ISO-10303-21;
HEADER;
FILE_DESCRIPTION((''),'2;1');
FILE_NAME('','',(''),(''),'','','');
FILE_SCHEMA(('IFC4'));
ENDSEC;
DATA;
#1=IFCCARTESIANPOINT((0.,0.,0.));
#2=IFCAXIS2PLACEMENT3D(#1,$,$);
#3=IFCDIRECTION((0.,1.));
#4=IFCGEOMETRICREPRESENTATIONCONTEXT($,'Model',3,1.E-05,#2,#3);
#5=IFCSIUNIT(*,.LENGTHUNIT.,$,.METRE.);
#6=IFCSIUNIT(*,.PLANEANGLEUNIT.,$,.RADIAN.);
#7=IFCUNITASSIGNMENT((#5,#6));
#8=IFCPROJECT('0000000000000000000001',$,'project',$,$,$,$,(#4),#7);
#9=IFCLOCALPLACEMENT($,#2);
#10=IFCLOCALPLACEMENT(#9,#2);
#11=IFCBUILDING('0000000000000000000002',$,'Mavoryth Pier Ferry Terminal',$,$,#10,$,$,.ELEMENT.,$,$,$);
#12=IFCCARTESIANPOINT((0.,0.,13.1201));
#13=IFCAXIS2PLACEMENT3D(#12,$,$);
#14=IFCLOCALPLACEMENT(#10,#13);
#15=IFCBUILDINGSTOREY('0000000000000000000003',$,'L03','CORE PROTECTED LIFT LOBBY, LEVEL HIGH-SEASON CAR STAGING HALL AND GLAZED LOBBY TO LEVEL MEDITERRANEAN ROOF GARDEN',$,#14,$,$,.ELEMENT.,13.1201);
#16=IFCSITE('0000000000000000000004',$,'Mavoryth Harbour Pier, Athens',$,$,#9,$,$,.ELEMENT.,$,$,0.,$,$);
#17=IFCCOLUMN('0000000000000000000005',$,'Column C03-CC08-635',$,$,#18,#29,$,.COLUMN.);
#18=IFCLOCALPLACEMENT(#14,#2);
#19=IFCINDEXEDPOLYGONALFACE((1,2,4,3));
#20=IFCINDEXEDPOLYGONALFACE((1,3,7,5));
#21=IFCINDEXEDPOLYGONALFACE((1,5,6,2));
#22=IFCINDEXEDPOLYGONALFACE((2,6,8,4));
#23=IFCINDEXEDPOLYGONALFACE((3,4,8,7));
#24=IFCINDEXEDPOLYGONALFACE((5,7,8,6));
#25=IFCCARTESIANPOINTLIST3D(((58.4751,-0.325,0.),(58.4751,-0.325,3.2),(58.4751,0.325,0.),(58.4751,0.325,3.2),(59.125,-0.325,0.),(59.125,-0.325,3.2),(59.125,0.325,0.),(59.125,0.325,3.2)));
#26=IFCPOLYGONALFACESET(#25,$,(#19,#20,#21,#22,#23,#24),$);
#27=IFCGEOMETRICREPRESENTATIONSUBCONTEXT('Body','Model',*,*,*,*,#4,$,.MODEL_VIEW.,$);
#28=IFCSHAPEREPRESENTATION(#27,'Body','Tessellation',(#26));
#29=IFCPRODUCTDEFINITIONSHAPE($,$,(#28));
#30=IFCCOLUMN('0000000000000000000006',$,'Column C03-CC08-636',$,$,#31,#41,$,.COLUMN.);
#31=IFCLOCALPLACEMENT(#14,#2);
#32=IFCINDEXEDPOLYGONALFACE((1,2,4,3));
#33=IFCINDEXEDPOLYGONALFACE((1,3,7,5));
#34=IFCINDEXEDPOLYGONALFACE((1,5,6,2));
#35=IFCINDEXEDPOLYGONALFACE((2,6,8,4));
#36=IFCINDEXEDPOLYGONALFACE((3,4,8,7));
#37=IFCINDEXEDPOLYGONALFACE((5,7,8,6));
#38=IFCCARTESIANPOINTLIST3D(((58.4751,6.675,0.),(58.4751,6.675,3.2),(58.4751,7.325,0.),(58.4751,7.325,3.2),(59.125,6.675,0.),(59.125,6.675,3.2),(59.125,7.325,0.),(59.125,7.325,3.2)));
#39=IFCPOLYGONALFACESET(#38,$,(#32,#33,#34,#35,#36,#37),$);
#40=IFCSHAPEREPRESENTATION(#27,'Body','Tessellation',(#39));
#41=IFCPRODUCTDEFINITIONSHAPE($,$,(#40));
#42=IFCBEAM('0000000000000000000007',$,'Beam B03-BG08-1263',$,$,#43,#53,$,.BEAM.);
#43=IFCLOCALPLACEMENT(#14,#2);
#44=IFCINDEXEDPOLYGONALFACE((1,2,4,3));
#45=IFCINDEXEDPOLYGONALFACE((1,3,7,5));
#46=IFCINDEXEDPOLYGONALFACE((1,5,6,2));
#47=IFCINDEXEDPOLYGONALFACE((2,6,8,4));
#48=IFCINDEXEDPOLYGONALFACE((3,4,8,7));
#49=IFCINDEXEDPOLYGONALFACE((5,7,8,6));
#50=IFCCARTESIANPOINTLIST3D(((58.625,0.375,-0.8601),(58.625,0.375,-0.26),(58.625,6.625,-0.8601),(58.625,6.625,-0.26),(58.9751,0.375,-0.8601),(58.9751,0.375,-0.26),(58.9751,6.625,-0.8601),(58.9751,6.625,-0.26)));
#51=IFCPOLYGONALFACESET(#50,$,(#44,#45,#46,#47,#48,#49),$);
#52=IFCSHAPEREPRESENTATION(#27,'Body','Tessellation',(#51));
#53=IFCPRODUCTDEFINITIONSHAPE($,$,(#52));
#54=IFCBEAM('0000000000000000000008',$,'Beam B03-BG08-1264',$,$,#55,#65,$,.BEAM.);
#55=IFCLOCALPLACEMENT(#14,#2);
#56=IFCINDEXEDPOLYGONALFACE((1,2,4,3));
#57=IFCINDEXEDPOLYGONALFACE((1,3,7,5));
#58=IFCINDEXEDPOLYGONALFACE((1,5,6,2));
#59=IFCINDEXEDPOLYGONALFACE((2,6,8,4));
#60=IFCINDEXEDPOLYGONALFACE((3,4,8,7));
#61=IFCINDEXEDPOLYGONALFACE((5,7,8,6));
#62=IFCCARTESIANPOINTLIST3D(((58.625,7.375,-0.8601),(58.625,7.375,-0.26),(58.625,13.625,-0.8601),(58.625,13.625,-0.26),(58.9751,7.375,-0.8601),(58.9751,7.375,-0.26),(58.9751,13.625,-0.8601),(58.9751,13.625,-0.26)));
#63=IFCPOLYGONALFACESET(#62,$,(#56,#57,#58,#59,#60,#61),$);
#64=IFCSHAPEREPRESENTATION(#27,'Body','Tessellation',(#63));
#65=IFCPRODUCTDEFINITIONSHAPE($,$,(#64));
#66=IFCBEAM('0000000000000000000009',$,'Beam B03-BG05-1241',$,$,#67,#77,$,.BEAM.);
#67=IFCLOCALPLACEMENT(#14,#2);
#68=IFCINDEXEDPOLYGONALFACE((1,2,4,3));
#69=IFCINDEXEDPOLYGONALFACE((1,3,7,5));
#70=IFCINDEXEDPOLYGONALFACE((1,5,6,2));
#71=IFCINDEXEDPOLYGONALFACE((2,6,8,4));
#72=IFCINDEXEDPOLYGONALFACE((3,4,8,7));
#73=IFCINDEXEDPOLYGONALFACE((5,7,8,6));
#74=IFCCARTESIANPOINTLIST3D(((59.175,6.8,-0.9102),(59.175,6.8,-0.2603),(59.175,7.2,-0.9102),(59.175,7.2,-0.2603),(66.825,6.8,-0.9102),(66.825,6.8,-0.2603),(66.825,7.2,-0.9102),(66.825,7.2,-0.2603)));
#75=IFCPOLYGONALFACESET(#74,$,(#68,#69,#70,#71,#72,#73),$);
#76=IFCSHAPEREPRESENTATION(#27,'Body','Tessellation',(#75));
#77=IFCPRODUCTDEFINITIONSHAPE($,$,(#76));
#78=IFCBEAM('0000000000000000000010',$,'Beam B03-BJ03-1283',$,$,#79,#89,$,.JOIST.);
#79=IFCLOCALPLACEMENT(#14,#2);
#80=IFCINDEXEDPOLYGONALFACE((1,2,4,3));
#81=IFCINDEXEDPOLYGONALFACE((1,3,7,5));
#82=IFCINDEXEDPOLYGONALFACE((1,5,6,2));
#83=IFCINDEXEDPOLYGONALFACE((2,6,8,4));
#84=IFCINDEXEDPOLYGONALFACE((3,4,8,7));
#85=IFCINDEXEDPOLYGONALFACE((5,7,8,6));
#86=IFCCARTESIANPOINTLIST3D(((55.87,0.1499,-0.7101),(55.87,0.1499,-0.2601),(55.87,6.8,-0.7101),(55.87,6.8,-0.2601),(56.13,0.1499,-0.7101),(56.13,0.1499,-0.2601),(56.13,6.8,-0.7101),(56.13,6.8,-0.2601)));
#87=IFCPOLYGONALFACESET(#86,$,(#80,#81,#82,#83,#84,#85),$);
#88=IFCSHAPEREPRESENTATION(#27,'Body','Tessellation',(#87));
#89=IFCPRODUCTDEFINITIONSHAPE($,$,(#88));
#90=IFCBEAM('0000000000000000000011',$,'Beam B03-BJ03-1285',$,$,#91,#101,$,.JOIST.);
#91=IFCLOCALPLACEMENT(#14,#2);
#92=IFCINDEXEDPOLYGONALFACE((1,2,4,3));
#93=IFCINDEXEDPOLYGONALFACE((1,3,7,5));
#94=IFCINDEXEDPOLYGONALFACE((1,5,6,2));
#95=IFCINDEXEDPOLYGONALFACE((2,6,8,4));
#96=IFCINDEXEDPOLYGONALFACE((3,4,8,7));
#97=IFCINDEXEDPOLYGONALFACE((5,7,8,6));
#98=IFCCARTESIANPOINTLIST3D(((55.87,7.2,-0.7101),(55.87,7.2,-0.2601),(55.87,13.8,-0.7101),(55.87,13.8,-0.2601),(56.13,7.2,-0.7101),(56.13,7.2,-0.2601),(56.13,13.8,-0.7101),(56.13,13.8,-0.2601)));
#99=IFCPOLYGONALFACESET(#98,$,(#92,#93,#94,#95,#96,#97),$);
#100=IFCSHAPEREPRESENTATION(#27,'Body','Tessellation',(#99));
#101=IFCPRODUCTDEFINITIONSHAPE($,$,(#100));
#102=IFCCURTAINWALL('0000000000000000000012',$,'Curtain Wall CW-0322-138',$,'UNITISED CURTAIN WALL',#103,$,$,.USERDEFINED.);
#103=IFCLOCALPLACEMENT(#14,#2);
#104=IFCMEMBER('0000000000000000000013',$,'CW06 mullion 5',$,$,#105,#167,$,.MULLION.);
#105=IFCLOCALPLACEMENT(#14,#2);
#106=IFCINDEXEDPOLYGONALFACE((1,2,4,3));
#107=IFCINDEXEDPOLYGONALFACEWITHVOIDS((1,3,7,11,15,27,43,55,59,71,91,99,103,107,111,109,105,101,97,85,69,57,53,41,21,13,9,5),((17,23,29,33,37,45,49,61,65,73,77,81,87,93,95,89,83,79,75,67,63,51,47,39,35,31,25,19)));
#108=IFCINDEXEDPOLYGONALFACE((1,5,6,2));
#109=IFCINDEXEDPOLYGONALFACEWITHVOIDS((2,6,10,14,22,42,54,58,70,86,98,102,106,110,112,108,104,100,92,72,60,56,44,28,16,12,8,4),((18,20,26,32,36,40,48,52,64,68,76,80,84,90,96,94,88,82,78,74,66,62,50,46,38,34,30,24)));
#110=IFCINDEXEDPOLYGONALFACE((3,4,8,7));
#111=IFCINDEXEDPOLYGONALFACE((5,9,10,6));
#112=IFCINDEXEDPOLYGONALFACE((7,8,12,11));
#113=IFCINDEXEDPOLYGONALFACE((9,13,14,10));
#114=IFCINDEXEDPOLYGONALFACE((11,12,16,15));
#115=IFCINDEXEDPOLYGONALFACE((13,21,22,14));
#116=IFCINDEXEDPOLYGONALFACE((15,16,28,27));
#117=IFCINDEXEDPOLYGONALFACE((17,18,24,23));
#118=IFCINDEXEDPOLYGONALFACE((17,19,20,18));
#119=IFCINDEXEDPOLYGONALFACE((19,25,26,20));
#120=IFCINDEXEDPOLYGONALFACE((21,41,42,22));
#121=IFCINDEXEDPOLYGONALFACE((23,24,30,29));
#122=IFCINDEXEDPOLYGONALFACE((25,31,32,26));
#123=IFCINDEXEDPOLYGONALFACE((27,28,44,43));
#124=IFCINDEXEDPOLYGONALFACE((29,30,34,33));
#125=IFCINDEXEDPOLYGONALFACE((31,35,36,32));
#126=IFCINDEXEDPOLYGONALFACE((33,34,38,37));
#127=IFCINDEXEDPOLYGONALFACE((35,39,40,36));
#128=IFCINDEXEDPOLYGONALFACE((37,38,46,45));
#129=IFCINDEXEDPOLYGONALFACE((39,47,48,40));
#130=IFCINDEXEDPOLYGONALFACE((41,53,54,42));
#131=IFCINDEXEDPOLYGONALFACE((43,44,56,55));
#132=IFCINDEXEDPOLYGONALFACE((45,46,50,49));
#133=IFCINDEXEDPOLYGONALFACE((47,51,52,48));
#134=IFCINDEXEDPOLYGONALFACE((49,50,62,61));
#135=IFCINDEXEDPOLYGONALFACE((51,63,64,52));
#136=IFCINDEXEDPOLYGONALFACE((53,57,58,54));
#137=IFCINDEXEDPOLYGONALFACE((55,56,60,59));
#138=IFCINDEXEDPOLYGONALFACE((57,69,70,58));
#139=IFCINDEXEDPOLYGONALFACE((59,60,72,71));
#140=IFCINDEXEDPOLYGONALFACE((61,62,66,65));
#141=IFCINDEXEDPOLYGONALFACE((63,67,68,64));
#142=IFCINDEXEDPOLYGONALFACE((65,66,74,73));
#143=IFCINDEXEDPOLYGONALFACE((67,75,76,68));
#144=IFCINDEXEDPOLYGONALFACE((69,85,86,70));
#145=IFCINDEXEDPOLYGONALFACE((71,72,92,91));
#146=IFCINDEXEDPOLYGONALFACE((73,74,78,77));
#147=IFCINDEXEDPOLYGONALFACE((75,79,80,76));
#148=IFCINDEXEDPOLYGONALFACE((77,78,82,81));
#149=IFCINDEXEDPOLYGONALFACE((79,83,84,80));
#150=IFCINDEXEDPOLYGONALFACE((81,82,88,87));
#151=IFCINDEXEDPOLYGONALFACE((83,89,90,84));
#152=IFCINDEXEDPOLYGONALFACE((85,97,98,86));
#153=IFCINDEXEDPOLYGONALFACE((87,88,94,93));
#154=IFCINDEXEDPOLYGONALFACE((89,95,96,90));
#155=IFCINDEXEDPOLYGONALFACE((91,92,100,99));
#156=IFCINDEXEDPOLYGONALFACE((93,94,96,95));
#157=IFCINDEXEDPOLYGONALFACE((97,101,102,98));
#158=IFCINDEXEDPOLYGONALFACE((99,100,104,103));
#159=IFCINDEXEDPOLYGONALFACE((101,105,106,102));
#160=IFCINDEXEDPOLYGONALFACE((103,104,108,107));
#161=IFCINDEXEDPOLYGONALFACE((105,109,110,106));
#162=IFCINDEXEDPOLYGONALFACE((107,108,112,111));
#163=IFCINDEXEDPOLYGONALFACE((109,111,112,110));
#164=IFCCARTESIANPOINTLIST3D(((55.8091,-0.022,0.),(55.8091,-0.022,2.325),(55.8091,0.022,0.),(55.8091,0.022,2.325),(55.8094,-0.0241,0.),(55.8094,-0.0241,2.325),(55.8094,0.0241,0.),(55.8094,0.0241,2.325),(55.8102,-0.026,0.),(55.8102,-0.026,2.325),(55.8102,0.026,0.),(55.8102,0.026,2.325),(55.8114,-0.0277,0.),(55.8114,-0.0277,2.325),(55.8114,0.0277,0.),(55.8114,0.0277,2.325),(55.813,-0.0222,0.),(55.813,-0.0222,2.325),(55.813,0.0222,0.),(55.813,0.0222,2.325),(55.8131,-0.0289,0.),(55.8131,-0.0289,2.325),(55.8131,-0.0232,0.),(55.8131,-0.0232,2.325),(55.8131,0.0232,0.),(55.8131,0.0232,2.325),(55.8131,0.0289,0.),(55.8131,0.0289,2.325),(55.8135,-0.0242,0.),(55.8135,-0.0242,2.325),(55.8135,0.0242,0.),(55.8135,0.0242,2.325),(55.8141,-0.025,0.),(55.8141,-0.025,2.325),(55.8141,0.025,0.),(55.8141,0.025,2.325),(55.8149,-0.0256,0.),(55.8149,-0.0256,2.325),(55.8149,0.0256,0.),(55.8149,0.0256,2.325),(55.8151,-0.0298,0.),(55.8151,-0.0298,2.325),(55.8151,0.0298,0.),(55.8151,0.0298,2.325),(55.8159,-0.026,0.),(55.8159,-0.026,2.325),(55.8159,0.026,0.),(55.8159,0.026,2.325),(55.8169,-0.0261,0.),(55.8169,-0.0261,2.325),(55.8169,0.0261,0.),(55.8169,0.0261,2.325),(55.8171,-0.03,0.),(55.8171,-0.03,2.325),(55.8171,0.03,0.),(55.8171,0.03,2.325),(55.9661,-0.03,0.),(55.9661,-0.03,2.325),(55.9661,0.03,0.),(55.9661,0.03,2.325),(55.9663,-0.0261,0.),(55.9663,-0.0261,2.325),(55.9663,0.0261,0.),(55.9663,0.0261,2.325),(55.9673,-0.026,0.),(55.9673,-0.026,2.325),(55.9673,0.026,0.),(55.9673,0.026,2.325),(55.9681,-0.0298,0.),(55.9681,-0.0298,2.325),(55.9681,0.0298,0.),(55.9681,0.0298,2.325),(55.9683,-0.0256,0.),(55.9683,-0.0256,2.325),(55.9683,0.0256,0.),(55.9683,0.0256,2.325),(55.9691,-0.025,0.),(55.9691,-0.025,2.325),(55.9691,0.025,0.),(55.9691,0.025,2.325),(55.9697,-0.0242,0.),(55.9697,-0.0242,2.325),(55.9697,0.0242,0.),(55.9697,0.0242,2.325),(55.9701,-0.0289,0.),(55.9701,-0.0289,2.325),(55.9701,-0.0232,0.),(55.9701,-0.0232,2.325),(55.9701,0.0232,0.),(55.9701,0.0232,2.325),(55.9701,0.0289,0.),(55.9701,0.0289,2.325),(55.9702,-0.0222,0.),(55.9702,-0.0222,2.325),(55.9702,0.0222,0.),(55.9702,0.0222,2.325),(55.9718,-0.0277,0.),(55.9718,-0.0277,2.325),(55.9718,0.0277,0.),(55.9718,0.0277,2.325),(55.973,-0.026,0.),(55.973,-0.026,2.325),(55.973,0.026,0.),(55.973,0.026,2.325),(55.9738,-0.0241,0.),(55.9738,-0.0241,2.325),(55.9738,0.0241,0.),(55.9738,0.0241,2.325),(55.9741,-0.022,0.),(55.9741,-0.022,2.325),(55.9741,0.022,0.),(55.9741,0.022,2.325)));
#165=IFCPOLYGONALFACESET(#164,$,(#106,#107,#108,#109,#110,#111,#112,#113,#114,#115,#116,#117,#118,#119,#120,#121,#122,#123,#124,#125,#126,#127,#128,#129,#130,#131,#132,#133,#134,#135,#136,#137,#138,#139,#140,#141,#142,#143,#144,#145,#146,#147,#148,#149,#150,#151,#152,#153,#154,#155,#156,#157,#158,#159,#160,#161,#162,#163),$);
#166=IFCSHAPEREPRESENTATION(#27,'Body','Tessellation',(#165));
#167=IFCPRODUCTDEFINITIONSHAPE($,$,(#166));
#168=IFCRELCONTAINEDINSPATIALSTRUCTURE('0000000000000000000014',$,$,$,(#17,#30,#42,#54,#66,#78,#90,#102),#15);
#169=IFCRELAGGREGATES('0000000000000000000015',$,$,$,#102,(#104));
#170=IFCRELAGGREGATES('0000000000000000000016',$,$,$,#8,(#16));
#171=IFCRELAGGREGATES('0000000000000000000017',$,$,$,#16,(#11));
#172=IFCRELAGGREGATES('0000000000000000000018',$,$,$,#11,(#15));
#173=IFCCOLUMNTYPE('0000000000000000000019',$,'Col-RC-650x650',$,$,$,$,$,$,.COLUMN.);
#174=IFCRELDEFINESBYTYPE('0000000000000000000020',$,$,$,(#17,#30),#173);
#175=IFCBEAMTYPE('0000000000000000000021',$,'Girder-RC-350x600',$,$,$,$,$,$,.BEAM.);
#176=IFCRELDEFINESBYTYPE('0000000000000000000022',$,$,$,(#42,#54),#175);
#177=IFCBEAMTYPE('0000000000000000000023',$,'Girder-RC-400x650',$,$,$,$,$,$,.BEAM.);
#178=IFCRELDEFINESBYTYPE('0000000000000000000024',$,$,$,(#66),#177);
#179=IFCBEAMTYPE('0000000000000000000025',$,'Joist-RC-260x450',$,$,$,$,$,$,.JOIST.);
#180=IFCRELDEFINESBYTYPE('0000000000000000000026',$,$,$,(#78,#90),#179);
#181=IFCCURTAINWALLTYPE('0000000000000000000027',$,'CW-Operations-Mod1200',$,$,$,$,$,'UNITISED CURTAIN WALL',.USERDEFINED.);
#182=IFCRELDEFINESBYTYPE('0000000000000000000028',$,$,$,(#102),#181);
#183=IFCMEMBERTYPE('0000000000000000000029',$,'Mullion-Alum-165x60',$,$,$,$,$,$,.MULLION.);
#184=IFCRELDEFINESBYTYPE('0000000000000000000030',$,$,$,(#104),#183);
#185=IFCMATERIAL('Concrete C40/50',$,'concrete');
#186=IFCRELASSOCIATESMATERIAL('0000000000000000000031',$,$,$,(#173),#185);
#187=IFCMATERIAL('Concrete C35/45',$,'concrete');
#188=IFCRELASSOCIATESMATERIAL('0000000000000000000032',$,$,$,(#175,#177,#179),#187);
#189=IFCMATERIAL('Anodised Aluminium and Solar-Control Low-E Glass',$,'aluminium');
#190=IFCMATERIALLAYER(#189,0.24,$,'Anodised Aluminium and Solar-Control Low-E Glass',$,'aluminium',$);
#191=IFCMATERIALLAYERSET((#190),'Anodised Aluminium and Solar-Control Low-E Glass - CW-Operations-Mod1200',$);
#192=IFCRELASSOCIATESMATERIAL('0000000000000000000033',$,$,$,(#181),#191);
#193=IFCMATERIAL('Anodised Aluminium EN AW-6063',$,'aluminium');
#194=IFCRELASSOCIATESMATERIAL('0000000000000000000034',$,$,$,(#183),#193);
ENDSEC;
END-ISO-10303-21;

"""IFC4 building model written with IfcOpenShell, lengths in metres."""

from ifc_helpers import new_model, si_unit, direction, frame, origin, origin_2d, place, context, subcontext, project, spatial, rectangle, hollow_rectangle, extrude, material, layer, layer_set, material_profile, profile_set, type_object, element, aggregate, save


model = new_model("IFC4")

# Units and contexts
model_context = context("Model", 3, precision=1e-05, world=origin(), true_north=direction((0.0, 1.0)))
body_context = subcontext(model_context, "Body", "Model", "MODEL_VIEW")
ifc_project = project(units=[si_unit("LENGTHUNIT", "METRE"), si_unit("PLANEANGLEUNIT", "RADIAN")], contexts=[model_context])

# Site, building, storey
site_placement = place(None, origin())
site = spatial("IfcSite", under=ifc_project, at=site_placement, Name="Mavoryth Harbour Pier, Athens", CompositionType="ELEMENT", RefElevation=0.0)
building_placement = place(site_placement, origin())
building = spatial("IfcBuilding", under=site, at=building_placement, Name="Mavoryth Pier Ferry Terminal", CompositionType="ELEMENT")
storey_placement = place(building_placement, frame((0.0, 0.0, 13.1201)))
storey = spatial("IfcBuildingStorey", under=building, at=storey_placement, Name="L03", Description="CORE PROTECTED LIFT LOBBY, LEVEL HIGH-SEASON CAR STAGING HALL AND GLAZED LOBBY TO LEVEL MEDITERRANEAN ROOF GARDEN", CompositionType="ELEMENT", Elevation=13.1201)

# Columns
ifc_material_1 = material(Name="Concrete C40/50", Category="concrete")
ifc_material_profile_1 = material_profile(ifc_material_1, rectangle(XDim=0.6499, YDim=0.6499, at=origin_2d()), Name="RC 650x650", Category="concrete")
ifc_profile_set_1 = profile_set([ifc_material_profile_1], Name="Concrete C40/50 - RC 650x650")
column_type = type_object("IfcColumnType", Name="Col-RC-650x650", PredefinedType="COLUMN", material=ifc_profile_set_1)
for number, where, z_axis, x_axis, name in (
    (1, (58.8, 0.0, 0.0), (0.0, 0.0, 1.0), (1.0, 0.0, 0.0), "Column C03-CC08-635"),
    (2, (58.8, 7.0, 0.0), (0.0, 0.0, 1.0), (1.0, 0.0, 0.0), "Column C03-CC08-636"),
):
    element("IfcColumn", number, at=place(storey_placement, frame(where, z_axis=z_axis, x_axis=x_axis)), inside=storey, type_object=column_type, Name=name, PredefinedType="COLUMN", context=body_context, shape_type="SweptSolid", body=[
        extrude(rectangle(XDim=0.6499, YDim=0.6499, at=origin_2d()), origin(), (0.0, 0.0, 1.0), 3.2),
    ])

# Beams
ifc_material_2 = material(Name="Concrete C35/45", Category="concrete")
ifc_material_profile_2 = material_profile(ifc_material_2, rectangle(XDim=0.3501, YDim=0.6001, at=origin_2d()), Name="RC 350x600", Category="concrete")
ifc_profile_set_2 = profile_set([ifc_material_profile_2], Name="Concrete C35/45 - RC 350x600")
beam_type_1 = type_object("IfcBeamType", Name="Girder-RC-350x600", PredefinedType="BEAM", material=ifc_profile_set_2)
for number, where, z_axis, x_axis, name in (
    (3, (58.8, 0.375, -0.5601), (0.0, 1.0, 0.0), (-1.0, 0.0, 0.0), "Beam B03-BG08-1263"),
    (4, (58.8, 7.375, -0.5601), (0.0, 1.0, 0.0), (-1.0, 0.0, 0.0), "Beam B03-BG08-1264"),
):
    element("IfcBeam", number, at=place(storey_placement, frame(where, z_axis=z_axis, x_axis=x_axis)), inside=storey, type_object=beam_type_1, Name=name, PredefinedType="BEAM", context=body_context, shape_type="SweptSolid", body=[
        extrude(rectangle(XDim=0.3501, YDim=0.6001, at=origin_2d()), origin(), (0.0, 0.0, 1.0), 6.25),
    ])
ifc_material_profile_3 = material_profile(ifc_material_2, rectangle(XDim=0.3999, YDim=0.6499, at=origin_2d()), Name="RC 400x650", Category="concrete")
ifc_profile_set_3 = profile_set([ifc_material_profile_3], Name="Concrete C35/45 - RC 400x650")
beam_type_2 = type_object("IfcBeamType", Name="Girder-RC-400x650", PredefinedType="BEAM", material=ifc_profile_set_3)
beam_1_placement = place(storey_placement, frame((59.175, 7.0, -0.5852), z_axis=(1.0, 0.0, 0.0), x_axis=(0.0, 1.0, 0.0)))
element("IfcBeam", 5, at=beam_1_placement, inside=storey, type_object=beam_type_2, Name="Beam B03-BG05-1241", PredefinedType="BEAM", context=body_context, shape_type="SweptSolid", body=[
    extrude(rectangle(XDim=0.3999, YDim=0.6499, at=origin_2d()), origin(), (0.0, 0.0, 1.0), 7.6499),
])
ifc_material_profile_4 = material_profile(ifc_material_2, rectangle(XDim=0.26, YDim=0.45, at=origin_2d()), Name="RC 260x450", Category="concrete")
ifc_profile_set_4 = profile_set([ifc_material_profile_4], Name="Concrete C35/45 - RC 260x450")
beam_type_3 = type_object("IfcBeamType", Name="Joist-RC-260x450", PredefinedType="JOIST", material=ifc_profile_set_4)
beam_2_placement = place(storey_placement, frame((56.0, 0.1499, -0.4851), z_axis=(0.0, 1.0, 0.0), x_axis=(-1.0, 0.0, 0.0)))
element("IfcBeam", 6, at=beam_2_placement, inside=storey, type_object=beam_type_3, Name="Beam B03-BJ03-1283", PredefinedType="JOIST", context=body_context, shape_type="SweptSolid", body=[
    extrude(rectangle(XDim=0.26, YDim=0.45, at=origin_2d()), origin(), (0.0, 0.0, 1.0), 6.6501),
])
beam_3_placement = place(storey_placement, frame((56.0, 7.2, -0.4851), z_axis=(0.0, 1.0, 0.0), x_axis=(-1.0, 0.0, 0.0)))
element("IfcBeam", 7, at=beam_3_placement, inside=storey, type_object=beam_type_3, Name="Beam B03-BJ03-1285", PredefinedType="JOIST", context=body_context, shape_type="SweptSolid", body=[
    extrude(rectangle(XDim=0.26, YDim=0.45, at=origin_2d()), origin(), (0.0, 0.0, 1.0), 6.6001),
])

# Curtain wall, member
ifc_material_3 = material(Name="Anodised Aluminium and Solar-Control Low-E Glass", Category="aluminium")
ifc_layer_1 = layer(ifc_material_3, 0.24, Name="Anodised Aluminium and Solar-Control Low-E Glass", Category="aluminium")
ifc_layer_set_1 = layer_set([ifc_layer_1], Name="Anodised Aluminium and Solar-Control Low-E Glass - CW-Operations-Mod1200")
curtain_wall_type = type_object("IfcCurtainWallType", Name="CW-Operations-Mod1200", ElementType="UNITISED CURTAIN WALL", PredefinedType="USERDEFINED", material=ifc_layer_set_1)
curtain_wall_1_placement = place(storey_placement, origin())
curtain_wall_1 = element("IfcCurtainWall", 8, at=curtain_wall_1_placement, inside=storey, type_object=curtain_wall_type, Name="Curtain Wall CW-0322-138", ObjectType="UNITISED CURTAIN WALL", PredefinedType="USERDEFINED")
ifc_material_4 = material(Name="Anodised Aluminium EN AW-6063", Category="aluminium")
ifc_material_profile_5 = material_profile(ifc_material_4, hollow_rectangle(XDim=0.0601, YDim=0.165, WallThickness=0.0039, InnerFilletRadius=0.0039, OuterFilletRadius=0.0081, at=origin_2d()), Name="AL-MULL 165x60x4", Category="aluminium")
ifc_profile_set_5 = profile_set([ifc_material_profile_5], Name="Anodised Aluminium EN AW-6063 - AL-MULL 165x60x4")
member_type_1 = type_object("IfcMemberType", Name="Mullion-Alum-165x60", PredefinedType="MULLION", material=ifc_profile_set_5)
member_1_placement = place(storey_placement, frame((55.8916, 0.0, 0.0), z_axis=(0.0, 0.0, 1.0), x_axis=(0.0, 1.0, 0.0)))
member_1 = element("IfcMember", 9, at=member_1_placement, type_object=member_type_1, Name="CW06 mullion 5", PredefinedType="MULLION", context=body_context, shape_type="SweptSolid", body=[
    extrude(hollow_rectangle(XDim=0.0601, YDim=0.165, WallThickness=0.0039, InnerFilletRadius=0.0039, OuterFilletRadius=0.0081, at=origin_2d()), origin(), (0.0, 0.0, 1.0), 2.325),
])

aggregate(curtain_wall_1, [member_1])

save(model, "model.ifc")
